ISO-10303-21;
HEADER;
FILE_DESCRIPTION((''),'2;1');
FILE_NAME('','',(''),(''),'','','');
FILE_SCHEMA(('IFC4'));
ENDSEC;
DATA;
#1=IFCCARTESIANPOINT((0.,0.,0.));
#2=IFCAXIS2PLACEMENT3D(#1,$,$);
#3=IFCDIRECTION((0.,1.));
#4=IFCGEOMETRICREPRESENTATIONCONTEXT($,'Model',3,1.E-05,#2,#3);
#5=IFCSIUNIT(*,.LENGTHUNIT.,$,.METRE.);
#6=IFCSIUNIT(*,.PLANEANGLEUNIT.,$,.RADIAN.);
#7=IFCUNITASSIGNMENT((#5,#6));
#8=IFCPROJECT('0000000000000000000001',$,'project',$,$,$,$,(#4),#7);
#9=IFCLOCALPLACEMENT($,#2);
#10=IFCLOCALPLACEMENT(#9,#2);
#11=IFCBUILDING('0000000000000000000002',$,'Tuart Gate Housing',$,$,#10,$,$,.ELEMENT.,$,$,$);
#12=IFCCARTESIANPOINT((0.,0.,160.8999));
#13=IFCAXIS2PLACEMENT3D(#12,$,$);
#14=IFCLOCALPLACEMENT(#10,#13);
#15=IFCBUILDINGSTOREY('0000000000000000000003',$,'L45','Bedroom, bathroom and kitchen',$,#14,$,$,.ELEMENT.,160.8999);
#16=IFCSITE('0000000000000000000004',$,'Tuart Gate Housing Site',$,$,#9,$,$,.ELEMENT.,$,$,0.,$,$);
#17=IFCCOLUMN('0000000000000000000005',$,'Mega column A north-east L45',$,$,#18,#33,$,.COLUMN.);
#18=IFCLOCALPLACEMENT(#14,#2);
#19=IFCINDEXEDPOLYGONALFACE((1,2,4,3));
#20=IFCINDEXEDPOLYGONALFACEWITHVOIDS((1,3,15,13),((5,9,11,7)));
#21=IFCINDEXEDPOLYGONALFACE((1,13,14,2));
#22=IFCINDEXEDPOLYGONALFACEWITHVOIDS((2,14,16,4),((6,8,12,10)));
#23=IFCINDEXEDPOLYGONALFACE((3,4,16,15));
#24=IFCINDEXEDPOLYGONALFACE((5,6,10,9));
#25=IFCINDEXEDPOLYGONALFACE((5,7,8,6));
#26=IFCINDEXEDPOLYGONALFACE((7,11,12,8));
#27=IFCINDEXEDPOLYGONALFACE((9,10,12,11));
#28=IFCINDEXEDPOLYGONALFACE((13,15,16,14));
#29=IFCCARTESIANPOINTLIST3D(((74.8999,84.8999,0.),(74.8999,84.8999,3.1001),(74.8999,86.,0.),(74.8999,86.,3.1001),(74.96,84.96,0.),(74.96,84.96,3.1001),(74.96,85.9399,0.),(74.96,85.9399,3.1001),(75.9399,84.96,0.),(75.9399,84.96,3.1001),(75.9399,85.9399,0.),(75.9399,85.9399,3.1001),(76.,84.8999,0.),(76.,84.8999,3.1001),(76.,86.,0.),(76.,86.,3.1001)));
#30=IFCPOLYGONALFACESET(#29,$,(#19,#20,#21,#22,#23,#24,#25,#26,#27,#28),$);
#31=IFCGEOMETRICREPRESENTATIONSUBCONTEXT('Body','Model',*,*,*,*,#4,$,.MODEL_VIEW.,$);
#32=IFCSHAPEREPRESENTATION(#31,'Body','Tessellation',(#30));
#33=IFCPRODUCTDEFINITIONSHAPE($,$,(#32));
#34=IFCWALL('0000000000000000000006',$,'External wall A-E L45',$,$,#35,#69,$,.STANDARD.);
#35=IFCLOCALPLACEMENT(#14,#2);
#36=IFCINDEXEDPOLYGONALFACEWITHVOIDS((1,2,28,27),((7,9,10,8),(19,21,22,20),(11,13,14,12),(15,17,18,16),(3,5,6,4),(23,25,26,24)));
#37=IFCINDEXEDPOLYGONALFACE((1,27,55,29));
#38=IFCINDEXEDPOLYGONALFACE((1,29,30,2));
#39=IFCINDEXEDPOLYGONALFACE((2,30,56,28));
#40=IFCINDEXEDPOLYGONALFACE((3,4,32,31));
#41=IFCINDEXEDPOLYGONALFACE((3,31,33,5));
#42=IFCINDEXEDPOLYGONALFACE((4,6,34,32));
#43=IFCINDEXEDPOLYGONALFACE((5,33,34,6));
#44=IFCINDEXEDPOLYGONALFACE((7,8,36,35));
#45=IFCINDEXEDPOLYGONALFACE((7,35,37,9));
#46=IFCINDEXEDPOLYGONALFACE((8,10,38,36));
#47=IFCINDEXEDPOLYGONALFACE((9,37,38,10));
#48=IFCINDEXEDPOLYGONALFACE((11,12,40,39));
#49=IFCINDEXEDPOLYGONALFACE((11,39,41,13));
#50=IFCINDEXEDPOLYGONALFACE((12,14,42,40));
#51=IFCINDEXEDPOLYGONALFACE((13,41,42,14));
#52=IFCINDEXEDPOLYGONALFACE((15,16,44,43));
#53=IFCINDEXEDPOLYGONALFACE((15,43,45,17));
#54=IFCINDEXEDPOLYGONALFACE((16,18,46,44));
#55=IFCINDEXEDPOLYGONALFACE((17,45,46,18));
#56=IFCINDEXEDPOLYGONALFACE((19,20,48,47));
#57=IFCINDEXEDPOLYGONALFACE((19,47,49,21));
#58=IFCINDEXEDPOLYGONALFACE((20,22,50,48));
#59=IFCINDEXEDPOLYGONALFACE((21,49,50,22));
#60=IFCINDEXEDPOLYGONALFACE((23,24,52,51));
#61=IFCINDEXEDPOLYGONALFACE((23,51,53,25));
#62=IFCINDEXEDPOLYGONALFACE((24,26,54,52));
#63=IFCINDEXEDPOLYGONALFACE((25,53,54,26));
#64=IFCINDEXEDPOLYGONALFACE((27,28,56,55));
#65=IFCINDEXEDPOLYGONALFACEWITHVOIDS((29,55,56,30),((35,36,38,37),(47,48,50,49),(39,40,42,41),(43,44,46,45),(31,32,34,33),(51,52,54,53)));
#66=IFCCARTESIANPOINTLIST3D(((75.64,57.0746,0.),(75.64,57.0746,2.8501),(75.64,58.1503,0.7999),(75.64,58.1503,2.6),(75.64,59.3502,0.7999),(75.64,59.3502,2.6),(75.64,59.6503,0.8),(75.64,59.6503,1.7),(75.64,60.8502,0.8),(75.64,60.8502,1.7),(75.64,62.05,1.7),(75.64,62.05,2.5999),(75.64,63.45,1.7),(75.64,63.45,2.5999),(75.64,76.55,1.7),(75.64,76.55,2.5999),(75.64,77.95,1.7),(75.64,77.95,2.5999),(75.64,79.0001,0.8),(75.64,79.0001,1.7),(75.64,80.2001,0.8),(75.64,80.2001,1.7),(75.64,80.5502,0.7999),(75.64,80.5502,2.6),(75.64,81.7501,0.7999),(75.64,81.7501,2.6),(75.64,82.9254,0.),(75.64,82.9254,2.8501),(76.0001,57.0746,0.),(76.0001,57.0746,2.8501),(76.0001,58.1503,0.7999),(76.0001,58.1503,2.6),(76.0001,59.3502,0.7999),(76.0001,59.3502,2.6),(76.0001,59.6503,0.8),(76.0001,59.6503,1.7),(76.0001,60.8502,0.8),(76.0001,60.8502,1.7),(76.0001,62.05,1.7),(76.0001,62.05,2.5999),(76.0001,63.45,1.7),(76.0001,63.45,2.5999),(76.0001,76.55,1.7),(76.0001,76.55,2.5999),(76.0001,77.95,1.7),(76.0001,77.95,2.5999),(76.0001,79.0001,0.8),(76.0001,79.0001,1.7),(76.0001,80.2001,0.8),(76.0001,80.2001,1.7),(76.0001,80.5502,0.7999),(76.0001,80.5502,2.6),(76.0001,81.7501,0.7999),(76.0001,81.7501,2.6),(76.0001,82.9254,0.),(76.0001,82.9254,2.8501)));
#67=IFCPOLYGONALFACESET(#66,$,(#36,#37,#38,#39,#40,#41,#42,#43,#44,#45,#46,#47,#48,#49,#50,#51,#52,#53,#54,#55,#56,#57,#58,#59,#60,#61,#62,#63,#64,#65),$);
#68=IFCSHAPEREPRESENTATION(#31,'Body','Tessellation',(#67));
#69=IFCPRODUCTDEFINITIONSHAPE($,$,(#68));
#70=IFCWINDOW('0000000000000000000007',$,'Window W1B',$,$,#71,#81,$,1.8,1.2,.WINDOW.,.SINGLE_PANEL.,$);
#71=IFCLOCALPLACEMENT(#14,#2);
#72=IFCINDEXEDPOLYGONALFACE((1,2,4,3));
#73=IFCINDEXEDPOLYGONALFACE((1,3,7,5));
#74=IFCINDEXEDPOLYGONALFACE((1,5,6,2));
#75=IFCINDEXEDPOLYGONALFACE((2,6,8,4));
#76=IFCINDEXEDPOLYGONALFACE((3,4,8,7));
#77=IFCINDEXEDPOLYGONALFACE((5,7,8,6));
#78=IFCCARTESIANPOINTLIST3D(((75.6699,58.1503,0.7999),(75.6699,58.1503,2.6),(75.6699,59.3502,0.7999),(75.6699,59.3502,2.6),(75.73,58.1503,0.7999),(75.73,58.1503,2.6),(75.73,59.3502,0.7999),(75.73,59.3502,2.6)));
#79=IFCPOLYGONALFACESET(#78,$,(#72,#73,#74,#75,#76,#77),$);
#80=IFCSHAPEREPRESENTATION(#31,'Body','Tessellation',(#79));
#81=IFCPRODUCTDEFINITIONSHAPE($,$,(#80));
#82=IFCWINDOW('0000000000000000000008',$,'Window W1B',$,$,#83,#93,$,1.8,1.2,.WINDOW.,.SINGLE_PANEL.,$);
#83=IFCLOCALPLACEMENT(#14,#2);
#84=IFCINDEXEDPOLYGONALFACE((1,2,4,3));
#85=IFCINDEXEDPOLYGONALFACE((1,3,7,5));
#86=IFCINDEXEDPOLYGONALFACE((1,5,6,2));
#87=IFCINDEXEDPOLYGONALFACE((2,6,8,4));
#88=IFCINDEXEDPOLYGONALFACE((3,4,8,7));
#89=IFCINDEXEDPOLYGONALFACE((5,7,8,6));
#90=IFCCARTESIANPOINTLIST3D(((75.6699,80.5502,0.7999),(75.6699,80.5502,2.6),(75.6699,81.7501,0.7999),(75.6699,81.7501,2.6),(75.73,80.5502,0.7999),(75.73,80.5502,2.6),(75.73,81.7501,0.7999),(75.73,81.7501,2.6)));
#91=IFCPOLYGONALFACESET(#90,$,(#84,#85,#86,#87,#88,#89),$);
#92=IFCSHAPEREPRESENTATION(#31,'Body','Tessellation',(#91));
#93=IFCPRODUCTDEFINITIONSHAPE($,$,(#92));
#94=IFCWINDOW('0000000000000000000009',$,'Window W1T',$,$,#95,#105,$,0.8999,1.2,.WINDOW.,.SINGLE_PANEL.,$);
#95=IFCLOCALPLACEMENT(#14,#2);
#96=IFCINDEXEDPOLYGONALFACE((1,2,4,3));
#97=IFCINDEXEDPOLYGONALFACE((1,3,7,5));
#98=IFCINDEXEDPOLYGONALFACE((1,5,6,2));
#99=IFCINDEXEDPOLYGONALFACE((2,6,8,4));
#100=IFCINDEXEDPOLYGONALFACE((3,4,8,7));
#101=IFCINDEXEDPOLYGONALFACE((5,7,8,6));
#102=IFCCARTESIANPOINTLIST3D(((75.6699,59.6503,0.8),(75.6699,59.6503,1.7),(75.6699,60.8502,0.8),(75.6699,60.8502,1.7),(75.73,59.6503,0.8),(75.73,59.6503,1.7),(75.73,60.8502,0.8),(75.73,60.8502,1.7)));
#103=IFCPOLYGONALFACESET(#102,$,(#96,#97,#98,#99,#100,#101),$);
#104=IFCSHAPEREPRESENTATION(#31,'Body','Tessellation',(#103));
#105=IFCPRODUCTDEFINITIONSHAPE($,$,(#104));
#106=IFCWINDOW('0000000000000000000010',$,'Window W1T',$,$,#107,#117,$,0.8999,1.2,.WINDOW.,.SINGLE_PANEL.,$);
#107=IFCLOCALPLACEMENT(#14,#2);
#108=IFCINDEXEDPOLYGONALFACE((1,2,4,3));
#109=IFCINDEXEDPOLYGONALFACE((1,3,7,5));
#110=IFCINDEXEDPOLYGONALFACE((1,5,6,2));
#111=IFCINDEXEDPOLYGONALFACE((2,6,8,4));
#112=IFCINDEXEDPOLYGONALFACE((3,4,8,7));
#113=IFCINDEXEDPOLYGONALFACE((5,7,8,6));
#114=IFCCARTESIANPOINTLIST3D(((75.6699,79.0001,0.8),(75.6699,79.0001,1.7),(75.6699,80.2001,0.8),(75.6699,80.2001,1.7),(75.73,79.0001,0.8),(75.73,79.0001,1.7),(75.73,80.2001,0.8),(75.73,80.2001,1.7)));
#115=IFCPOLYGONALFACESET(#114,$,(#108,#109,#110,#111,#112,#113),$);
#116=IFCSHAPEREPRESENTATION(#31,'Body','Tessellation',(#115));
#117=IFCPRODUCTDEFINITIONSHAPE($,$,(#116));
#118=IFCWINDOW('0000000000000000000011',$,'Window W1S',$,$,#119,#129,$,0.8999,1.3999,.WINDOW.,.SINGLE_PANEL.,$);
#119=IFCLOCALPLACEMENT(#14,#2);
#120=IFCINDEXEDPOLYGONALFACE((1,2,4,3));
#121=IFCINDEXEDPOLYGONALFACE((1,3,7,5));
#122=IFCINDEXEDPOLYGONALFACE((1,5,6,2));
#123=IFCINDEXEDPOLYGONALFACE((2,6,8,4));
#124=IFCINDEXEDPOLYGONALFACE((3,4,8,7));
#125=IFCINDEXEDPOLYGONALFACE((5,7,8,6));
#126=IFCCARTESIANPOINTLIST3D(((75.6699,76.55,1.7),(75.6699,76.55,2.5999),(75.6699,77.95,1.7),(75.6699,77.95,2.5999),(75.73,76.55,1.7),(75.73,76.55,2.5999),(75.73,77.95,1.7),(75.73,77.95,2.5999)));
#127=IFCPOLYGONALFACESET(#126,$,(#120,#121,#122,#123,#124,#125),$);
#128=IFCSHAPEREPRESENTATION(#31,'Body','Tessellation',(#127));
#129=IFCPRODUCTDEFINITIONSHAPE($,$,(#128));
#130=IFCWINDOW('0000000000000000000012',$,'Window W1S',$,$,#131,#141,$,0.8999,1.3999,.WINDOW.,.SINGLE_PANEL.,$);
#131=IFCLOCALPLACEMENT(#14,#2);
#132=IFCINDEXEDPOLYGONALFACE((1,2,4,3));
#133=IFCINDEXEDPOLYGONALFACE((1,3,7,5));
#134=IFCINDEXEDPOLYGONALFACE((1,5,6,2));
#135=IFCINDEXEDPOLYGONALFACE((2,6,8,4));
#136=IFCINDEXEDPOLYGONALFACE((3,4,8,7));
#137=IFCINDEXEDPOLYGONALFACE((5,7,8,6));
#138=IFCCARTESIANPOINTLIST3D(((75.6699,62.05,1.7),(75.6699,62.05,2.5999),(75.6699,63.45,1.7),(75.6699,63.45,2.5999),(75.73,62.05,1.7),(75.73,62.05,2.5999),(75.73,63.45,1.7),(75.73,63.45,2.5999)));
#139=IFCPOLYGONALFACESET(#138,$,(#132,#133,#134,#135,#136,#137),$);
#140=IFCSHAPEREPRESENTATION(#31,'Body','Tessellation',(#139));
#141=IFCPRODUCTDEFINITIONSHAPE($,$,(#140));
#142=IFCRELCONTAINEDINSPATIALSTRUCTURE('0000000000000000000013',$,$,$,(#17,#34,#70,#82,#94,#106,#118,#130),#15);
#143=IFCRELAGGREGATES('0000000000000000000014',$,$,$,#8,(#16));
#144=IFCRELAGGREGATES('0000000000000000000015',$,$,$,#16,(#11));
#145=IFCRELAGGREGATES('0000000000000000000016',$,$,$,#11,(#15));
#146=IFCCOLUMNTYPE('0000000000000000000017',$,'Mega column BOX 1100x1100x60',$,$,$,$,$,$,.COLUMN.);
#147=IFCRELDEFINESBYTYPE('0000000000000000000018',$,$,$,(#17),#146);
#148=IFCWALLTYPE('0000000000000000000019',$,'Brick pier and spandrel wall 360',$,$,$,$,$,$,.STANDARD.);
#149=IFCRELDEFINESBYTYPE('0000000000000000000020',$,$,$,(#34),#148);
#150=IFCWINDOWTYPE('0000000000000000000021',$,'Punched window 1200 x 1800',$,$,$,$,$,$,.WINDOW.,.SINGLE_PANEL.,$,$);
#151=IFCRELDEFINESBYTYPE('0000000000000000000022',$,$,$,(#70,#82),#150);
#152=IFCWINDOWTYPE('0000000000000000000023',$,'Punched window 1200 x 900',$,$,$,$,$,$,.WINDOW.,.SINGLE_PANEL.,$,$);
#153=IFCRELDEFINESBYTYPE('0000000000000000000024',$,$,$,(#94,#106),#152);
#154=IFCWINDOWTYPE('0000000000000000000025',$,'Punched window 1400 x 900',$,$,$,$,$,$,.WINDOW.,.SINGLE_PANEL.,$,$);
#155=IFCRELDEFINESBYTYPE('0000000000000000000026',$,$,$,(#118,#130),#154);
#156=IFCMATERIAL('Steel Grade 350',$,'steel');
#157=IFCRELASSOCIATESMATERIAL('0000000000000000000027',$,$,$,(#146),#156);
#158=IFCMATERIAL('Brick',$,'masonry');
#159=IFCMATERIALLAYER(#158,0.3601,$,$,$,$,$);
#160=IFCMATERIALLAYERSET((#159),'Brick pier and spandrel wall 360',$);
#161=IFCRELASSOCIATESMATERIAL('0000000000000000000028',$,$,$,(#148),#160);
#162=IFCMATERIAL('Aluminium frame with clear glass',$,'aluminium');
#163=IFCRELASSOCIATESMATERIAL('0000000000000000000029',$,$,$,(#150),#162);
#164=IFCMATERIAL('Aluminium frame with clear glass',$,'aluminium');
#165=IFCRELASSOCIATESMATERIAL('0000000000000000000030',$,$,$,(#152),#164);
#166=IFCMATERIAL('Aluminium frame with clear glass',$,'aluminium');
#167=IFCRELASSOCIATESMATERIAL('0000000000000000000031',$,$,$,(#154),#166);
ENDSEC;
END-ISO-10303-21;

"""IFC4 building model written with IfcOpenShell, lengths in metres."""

from ifc_helpers import new_model, si_unit, direction, frame, frame_2d, origin, origin_2d, place, context, subcontext, project, spatial, rectangle, hollow_rectangle, extrude, material, layer, layer_set, material_profile, profile_set, type_object, element, fill, save


model = new_model("IFC4")

# Units and contexts
model_context = context("Model", 3, precision=1e-05, world=origin(), true_north=direction((0.0, 1.0)))
body_context = subcontext(model_context, "Body", "Model", "MODEL_VIEW")
ifc_project = project(units=[si_unit("LENGTHUNIT", "METRE"), si_unit("PLANEANGLEUNIT", "RADIAN")], contexts=[model_context])

# Site, building, storey
site_placement = place(None, origin())
site = spatial("IfcSite", under=ifc_project, at=site_placement, Name="Tuart Gate Housing Site", CompositionType="ELEMENT", RefElevation=0.0)
building_placement = place(site_placement, origin())
building = spatial("IfcBuilding", under=site, at=building_placement, Name="Tuart Gate Housing", CompositionType="ELEMENT")
storey_placement = place(building_placement, frame((0.0, 0.0, 160.8999)))
storey = spatial("IfcBuildingStorey", under=building, at=storey_placement, Name="L45", Description="Bedroom, bathroom and kitchen", CompositionType="ELEMENT", Elevation=160.8999)

# Column
ifc_material_1 = material(Name="Steel Grade 350", Category="steel")
ifc_material_profile = material_profile(ifc_material_1, hollow_rectangle(XDim=1.1001, YDim=1.1001, WallThickness=0.0601, at=origin_2d()), Name="BOX 1100x1100x60")
ifc_profile_set = profile_set([ifc_material_profile], Name="Steel Grade 350")
column_type = type_object("IfcColumnType", Name="Mega column BOX 1100x1100x60", PredefinedType="COLUMN", material=ifc_profile_set)
column_placement = place(storey_placement, frame((75.45, 85.45, 0.0), z_axis=(0.0, 0.0, 1.0), x_axis=(1.0, 0.0, 0.0)))
element("IfcColumn", 1, at=column_placement, inside=storey, type_object=column_type, Name="Mega column A north-east L45", PredefinedType="COLUMN", context=body_context, shape_type="SweptSolid", body=[
    extrude(hollow_rectangle(XDim=1.1001, YDim=1.1001, WallThickness=0.0601, at=origin_2d()), origin(), (0.0, 0.0, 1.0), 3.1001),
])

# Wall, openings, windows
ifc_material_2 = material(Name="Brick", Category="masonry")
ifc_layer_1 = layer(ifc_material_2, 0.3601)
ifc_layer_set_1 = layer_set([ifc_layer_1], Name="Brick pier and spandrel wall 360")
wall_type_1 = type_object("IfcWallType", Name="Brick pier and spandrel wall 360", PredefinedType="STANDARD", material=ifc_layer_set_1)
wall_1_placement = place(storey_placement, frame((75.8201, 57.0747, 0.0), z_axis=(0.0, 0.0, 1.0), x_axis=(0.0, 1.0, 0.0)))
wall_1 = element("IfcWall", 2, at=wall_1_placement, inside=storey, type_object=wall_type_1, Name="External wall A-E L45", PredefinedType="STANDARD", context=body_context, shape_type="SweptSolid", body=[
    extrude(rectangle(XDim=25.8508, YDim=0.3601, at=frame_2d((12.9253, 0.0))), origin(), (0.0, 0.0, 1.0), 2.8501),
])
opening_1_placement = place(wall_1_placement, frame((1.0754, 0.0, 0.8)))
opening_1 = element("IfcOpeningElement", 3, at=opening_1_placement, cuts=wall_1, PredefinedType="OPENING", context=body_context, shape_type="SweptSolid", body=[
    extrude(rectangle(XDim=1.2, YDim=1.8, at=frame_2d((0.6001, 0.8999))), frame((0.0, 0.1899, 0.0), z_axis=(0.0, -1.0, 0.0), x_axis=(1.0, 0.0, 0.0)), (0.0, 0.0, 1.0), 0.3801),
])
opening_2_placement = place(wall_1_placement, frame((2.5754, 0.0, 0.8)))
opening_2 = element("IfcOpeningElement", 4, at=opening_2_placement, cuts=wall_1, PredefinedType="OPENING", context=body_context, shape_type="SweptSolid", body=[
    extrude(rectangle(XDim=1.2, YDim=0.8999, at=frame_2d((0.6001, 0.45))), frame((0.0, 0.1899, 0.0), z_axis=(0.0, -1.0, 0.0), x_axis=(1.0, 0.0, 0.0)), (0.0, 0.0, 1.0), 0.3801),
])
opening_3_placement = place(wall_1_placement, frame((19.4753, 0.0, 1.7)))
opening_3 = element("IfcOpeningElement", 5, at=opening_3_placement, cuts=wall_1, PredefinedType="OPENING", context=body_context, shape_type="SweptSolid", body=[
    extrude(rectangle(XDim=1.3999, YDim=0.8999, at=frame_2d((0.7, 0.45))), frame((0.0, 0.1899, 0.0), z_axis=(0.0, -1.0, 0.0), x_axis=(1.0, 0.0, 0.0)), (0.0, 0.0, 1.0), 0.3801),
])
opening_4_placement = place(wall_1_placement, frame((21.9253, 0.0, 0.8)))
opening_4 = element("IfcOpeningElement", 6, at=opening_4_placement, cuts=wall_1, PredefinedType="OPENING", context=body_context, shape_type="SweptSolid", body=[
    extrude(rectangle(XDim=1.2, YDim=0.8999, at=frame_2d((0.6001, 0.45))), frame((0.0, 0.1899, 0.0), z_axis=(0.0, -1.0, 0.0), x_axis=(1.0, 0.0, 0.0)), (0.0, 0.0, 1.0), 0.3801),
])
opening_5_placement = place(wall_1_placement, frame((4.9753, 0.0, 1.7)))
opening_5 = element("IfcOpeningElement", 7, at=opening_5_placement, cuts=wall_1, PredefinedType="OPENING", context=body_context, shape_type="SweptSolid", body=[
    extrude(rectangle(XDim=1.3999, YDim=0.8999, at=frame_2d((0.7, 0.45))), frame((0.0, 0.1899, 0.0), z_axis=(0.0, -1.0, 0.0), x_axis=(1.0, 0.0, 0.0)), (0.0, 0.0, 1.0), 0.3801),
])
opening_6_placement = place(wall_1_placement, frame((23.4753, 0.0, 0.8)))
opening_6 = element("IfcOpeningElement", 8, at=opening_6_placement, cuts=wall_1, PredefinedType="OPENING", context=body_context, shape_type="SweptSolid", body=[
    extrude(rectangle(XDim=1.2, YDim=1.8, at=frame_2d((0.6001, 0.8999))), frame((0.0, 0.1899, 0.0), z_axis=(0.0, -1.0, 0.0), x_axis=(1.0, 0.0, 0.0)), (0.0, 0.0, 1.0), 0.3801),
])
ifc_material_3 = material(Name="Aluminium frame with clear glass", Category="aluminium")
window_type_1 = type_object("IfcWindowType", Name="Punched window 1200 x 1800", PartitioningType="SINGLE_PANEL", PredefinedType="WINDOW", material=ifc_material_3)
window_1_placement = place(opening_1_placement, origin())
window_1 = element("IfcWindow", 9, at=window_1_placement, inside=storey, type_object=window_type_1, Name="Window W1B", OverallHeight=1.8, OverallWidth=1.2, PartitioningType="SINGLE_PANEL", PredefinedType="WINDOW", context=body_context, shape_type="SweptSolid", body=[
    extrude(rectangle(XDim=1.2, YDim=1.8, at=frame_2d((0.6001, 0.8999))), frame((0.0, 0.1501, 0.0), z_axis=(0.0, -1.0, 0.0), x_axis=(1.0, 0.0, 0.0)), (0.0, 0.0, 1.0), 0.0601),
])
fill(opening_1, window_1)
window_2_placement = place(opening_6_placement, origin())
window_2 = element("IfcWindow", 10, at=window_2_placement, inside=storey, type_object=window_type_1, Name="Window W1B", OverallHeight=1.8, OverallWidth=1.2, PartitioningType="SINGLE_PANEL", PredefinedType="WINDOW", context=body_context, shape_type="SweptSolid", body=[
    extrude(rectangle(XDim=1.2, YDim=1.8, at=frame_2d((0.6001, 0.8999))), frame((0.0, 0.1501, 0.0), z_axis=(0.0, -1.0, 0.0), x_axis=(1.0, 0.0, 0.0)), (0.0, 0.0, 1.0), 0.0601),
])
fill(opening_6, window_2)
ifc_material_4 = material(Name="Aluminium frame with clear glass", Category="aluminium")
window_type_2 = type_object("IfcWindowType", Name="Punched window 1200 x 900", PartitioningType="SINGLE_PANEL", PredefinedType="WINDOW", material=ifc_material_4)
window_3_placement = place(opening_2_placement, origin())
window_3 = element("IfcWindow", 11, at=window_3_placement, inside=storey, type_object=window_type_2, Name="Window W1T", OverallHeight=0.8999, OverallWidth=1.2, PartitioningType="SINGLE_PANEL", PredefinedType="WINDOW", context=body_context, shape_type="SweptSolid", body=[
    extrude(rectangle(XDim=1.2, YDim=0.8999, at=frame_2d((0.6001, 0.45))), frame((0.0, 0.1501, 0.0), z_axis=(0.0, -1.0, 0.0), x_axis=(1.0, 0.0, 0.0)), (0.0, 0.0, 1.0), 0.0601),
])
fill(opening_2, window_3)
window_4_placement = place(opening_4_placement, origin())
window_4 = element("IfcWindow", 12, at=window_4_placement, inside=storey, type_object=window_type_2, Name="Window W1T", OverallHeight=0.8999, OverallWidth=1.2, PartitioningType="SINGLE_PANEL", PredefinedType="WINDOW", context=body_context, shape_type="SweptSolid", body=[
    extrude(rectangle(XDim=1.2, YDim=0.8999, at=frame_2d((0.6001, 0.45))), frame((0.0, 0.1501, 0.0), z_axis=(0.0, -1.0, 0.0), x_axis=(1.0, 0.0, 0.0)), (0.0, 0.0, 1.0), 0.0601),
])
fill(opening_4, window_4)
ifc_material_5 = material(Name="Aluminium frame with clear glass", Category="aluminium")
window_type_3 = type_object("IfcWindowType", Name="Punched window 1400 x 900", PartitioningType="SINGLE_PANEL", PredefinedType="WINDOW", material=ifc_material_5)
window_5_placement = place(opening_3_placement, origin())
window_5 = element("IfcWindow", 13, at=window_5_placement, inside=storey, type_object=window_type_3, Name="Window W1S", OverallHeight=0.8999, OverallWidth=1.3999, PartitioningType="SINGLE_PANEL", PredefinedType="WINDOW", context=body_context, shape_type="SweptSolid", body=[
    extrude(rectangle(XDim=1.3999, YDim=0.8999, at=frame_2d((0.7, 0.45))), frame((0.0, 0.1501, 0.0), z_axis=(0.0, -1.0, 0.0), x_axis=(1.0, 0.0, 0.0)), (0.0, 0.0, 1.0), 0.0601),
])
fill(opening_3, window_5)
window_6_placement = place(opening_5_placement, origin())
window_6 = element("IfcWindow", 14, at=window_6_placement, inside=storey, type_object=window_type_3, Name="Window W1S", OverallHeight=0.8999, OverallWidth=1.3999, PartitioningType="SINGLE_PANEL", PredefinedType="WINDOW", context=body_context, shape_type="SweptSolid", body=[
    extrude(rectangle(XDim=1.3999, YDim=0.8999, at=frame_2d((0.7, 0.45))), frame((0.0, 0.1501, 0.0), z_axis=(0.0, -1.0, 0.0), x_axis=(1.0, 0.0, 0.0)), (0.0, 0.0, 1.0), 0.0601),
])
fill(opening_5, window_6)

save(model, "model.ifc")
